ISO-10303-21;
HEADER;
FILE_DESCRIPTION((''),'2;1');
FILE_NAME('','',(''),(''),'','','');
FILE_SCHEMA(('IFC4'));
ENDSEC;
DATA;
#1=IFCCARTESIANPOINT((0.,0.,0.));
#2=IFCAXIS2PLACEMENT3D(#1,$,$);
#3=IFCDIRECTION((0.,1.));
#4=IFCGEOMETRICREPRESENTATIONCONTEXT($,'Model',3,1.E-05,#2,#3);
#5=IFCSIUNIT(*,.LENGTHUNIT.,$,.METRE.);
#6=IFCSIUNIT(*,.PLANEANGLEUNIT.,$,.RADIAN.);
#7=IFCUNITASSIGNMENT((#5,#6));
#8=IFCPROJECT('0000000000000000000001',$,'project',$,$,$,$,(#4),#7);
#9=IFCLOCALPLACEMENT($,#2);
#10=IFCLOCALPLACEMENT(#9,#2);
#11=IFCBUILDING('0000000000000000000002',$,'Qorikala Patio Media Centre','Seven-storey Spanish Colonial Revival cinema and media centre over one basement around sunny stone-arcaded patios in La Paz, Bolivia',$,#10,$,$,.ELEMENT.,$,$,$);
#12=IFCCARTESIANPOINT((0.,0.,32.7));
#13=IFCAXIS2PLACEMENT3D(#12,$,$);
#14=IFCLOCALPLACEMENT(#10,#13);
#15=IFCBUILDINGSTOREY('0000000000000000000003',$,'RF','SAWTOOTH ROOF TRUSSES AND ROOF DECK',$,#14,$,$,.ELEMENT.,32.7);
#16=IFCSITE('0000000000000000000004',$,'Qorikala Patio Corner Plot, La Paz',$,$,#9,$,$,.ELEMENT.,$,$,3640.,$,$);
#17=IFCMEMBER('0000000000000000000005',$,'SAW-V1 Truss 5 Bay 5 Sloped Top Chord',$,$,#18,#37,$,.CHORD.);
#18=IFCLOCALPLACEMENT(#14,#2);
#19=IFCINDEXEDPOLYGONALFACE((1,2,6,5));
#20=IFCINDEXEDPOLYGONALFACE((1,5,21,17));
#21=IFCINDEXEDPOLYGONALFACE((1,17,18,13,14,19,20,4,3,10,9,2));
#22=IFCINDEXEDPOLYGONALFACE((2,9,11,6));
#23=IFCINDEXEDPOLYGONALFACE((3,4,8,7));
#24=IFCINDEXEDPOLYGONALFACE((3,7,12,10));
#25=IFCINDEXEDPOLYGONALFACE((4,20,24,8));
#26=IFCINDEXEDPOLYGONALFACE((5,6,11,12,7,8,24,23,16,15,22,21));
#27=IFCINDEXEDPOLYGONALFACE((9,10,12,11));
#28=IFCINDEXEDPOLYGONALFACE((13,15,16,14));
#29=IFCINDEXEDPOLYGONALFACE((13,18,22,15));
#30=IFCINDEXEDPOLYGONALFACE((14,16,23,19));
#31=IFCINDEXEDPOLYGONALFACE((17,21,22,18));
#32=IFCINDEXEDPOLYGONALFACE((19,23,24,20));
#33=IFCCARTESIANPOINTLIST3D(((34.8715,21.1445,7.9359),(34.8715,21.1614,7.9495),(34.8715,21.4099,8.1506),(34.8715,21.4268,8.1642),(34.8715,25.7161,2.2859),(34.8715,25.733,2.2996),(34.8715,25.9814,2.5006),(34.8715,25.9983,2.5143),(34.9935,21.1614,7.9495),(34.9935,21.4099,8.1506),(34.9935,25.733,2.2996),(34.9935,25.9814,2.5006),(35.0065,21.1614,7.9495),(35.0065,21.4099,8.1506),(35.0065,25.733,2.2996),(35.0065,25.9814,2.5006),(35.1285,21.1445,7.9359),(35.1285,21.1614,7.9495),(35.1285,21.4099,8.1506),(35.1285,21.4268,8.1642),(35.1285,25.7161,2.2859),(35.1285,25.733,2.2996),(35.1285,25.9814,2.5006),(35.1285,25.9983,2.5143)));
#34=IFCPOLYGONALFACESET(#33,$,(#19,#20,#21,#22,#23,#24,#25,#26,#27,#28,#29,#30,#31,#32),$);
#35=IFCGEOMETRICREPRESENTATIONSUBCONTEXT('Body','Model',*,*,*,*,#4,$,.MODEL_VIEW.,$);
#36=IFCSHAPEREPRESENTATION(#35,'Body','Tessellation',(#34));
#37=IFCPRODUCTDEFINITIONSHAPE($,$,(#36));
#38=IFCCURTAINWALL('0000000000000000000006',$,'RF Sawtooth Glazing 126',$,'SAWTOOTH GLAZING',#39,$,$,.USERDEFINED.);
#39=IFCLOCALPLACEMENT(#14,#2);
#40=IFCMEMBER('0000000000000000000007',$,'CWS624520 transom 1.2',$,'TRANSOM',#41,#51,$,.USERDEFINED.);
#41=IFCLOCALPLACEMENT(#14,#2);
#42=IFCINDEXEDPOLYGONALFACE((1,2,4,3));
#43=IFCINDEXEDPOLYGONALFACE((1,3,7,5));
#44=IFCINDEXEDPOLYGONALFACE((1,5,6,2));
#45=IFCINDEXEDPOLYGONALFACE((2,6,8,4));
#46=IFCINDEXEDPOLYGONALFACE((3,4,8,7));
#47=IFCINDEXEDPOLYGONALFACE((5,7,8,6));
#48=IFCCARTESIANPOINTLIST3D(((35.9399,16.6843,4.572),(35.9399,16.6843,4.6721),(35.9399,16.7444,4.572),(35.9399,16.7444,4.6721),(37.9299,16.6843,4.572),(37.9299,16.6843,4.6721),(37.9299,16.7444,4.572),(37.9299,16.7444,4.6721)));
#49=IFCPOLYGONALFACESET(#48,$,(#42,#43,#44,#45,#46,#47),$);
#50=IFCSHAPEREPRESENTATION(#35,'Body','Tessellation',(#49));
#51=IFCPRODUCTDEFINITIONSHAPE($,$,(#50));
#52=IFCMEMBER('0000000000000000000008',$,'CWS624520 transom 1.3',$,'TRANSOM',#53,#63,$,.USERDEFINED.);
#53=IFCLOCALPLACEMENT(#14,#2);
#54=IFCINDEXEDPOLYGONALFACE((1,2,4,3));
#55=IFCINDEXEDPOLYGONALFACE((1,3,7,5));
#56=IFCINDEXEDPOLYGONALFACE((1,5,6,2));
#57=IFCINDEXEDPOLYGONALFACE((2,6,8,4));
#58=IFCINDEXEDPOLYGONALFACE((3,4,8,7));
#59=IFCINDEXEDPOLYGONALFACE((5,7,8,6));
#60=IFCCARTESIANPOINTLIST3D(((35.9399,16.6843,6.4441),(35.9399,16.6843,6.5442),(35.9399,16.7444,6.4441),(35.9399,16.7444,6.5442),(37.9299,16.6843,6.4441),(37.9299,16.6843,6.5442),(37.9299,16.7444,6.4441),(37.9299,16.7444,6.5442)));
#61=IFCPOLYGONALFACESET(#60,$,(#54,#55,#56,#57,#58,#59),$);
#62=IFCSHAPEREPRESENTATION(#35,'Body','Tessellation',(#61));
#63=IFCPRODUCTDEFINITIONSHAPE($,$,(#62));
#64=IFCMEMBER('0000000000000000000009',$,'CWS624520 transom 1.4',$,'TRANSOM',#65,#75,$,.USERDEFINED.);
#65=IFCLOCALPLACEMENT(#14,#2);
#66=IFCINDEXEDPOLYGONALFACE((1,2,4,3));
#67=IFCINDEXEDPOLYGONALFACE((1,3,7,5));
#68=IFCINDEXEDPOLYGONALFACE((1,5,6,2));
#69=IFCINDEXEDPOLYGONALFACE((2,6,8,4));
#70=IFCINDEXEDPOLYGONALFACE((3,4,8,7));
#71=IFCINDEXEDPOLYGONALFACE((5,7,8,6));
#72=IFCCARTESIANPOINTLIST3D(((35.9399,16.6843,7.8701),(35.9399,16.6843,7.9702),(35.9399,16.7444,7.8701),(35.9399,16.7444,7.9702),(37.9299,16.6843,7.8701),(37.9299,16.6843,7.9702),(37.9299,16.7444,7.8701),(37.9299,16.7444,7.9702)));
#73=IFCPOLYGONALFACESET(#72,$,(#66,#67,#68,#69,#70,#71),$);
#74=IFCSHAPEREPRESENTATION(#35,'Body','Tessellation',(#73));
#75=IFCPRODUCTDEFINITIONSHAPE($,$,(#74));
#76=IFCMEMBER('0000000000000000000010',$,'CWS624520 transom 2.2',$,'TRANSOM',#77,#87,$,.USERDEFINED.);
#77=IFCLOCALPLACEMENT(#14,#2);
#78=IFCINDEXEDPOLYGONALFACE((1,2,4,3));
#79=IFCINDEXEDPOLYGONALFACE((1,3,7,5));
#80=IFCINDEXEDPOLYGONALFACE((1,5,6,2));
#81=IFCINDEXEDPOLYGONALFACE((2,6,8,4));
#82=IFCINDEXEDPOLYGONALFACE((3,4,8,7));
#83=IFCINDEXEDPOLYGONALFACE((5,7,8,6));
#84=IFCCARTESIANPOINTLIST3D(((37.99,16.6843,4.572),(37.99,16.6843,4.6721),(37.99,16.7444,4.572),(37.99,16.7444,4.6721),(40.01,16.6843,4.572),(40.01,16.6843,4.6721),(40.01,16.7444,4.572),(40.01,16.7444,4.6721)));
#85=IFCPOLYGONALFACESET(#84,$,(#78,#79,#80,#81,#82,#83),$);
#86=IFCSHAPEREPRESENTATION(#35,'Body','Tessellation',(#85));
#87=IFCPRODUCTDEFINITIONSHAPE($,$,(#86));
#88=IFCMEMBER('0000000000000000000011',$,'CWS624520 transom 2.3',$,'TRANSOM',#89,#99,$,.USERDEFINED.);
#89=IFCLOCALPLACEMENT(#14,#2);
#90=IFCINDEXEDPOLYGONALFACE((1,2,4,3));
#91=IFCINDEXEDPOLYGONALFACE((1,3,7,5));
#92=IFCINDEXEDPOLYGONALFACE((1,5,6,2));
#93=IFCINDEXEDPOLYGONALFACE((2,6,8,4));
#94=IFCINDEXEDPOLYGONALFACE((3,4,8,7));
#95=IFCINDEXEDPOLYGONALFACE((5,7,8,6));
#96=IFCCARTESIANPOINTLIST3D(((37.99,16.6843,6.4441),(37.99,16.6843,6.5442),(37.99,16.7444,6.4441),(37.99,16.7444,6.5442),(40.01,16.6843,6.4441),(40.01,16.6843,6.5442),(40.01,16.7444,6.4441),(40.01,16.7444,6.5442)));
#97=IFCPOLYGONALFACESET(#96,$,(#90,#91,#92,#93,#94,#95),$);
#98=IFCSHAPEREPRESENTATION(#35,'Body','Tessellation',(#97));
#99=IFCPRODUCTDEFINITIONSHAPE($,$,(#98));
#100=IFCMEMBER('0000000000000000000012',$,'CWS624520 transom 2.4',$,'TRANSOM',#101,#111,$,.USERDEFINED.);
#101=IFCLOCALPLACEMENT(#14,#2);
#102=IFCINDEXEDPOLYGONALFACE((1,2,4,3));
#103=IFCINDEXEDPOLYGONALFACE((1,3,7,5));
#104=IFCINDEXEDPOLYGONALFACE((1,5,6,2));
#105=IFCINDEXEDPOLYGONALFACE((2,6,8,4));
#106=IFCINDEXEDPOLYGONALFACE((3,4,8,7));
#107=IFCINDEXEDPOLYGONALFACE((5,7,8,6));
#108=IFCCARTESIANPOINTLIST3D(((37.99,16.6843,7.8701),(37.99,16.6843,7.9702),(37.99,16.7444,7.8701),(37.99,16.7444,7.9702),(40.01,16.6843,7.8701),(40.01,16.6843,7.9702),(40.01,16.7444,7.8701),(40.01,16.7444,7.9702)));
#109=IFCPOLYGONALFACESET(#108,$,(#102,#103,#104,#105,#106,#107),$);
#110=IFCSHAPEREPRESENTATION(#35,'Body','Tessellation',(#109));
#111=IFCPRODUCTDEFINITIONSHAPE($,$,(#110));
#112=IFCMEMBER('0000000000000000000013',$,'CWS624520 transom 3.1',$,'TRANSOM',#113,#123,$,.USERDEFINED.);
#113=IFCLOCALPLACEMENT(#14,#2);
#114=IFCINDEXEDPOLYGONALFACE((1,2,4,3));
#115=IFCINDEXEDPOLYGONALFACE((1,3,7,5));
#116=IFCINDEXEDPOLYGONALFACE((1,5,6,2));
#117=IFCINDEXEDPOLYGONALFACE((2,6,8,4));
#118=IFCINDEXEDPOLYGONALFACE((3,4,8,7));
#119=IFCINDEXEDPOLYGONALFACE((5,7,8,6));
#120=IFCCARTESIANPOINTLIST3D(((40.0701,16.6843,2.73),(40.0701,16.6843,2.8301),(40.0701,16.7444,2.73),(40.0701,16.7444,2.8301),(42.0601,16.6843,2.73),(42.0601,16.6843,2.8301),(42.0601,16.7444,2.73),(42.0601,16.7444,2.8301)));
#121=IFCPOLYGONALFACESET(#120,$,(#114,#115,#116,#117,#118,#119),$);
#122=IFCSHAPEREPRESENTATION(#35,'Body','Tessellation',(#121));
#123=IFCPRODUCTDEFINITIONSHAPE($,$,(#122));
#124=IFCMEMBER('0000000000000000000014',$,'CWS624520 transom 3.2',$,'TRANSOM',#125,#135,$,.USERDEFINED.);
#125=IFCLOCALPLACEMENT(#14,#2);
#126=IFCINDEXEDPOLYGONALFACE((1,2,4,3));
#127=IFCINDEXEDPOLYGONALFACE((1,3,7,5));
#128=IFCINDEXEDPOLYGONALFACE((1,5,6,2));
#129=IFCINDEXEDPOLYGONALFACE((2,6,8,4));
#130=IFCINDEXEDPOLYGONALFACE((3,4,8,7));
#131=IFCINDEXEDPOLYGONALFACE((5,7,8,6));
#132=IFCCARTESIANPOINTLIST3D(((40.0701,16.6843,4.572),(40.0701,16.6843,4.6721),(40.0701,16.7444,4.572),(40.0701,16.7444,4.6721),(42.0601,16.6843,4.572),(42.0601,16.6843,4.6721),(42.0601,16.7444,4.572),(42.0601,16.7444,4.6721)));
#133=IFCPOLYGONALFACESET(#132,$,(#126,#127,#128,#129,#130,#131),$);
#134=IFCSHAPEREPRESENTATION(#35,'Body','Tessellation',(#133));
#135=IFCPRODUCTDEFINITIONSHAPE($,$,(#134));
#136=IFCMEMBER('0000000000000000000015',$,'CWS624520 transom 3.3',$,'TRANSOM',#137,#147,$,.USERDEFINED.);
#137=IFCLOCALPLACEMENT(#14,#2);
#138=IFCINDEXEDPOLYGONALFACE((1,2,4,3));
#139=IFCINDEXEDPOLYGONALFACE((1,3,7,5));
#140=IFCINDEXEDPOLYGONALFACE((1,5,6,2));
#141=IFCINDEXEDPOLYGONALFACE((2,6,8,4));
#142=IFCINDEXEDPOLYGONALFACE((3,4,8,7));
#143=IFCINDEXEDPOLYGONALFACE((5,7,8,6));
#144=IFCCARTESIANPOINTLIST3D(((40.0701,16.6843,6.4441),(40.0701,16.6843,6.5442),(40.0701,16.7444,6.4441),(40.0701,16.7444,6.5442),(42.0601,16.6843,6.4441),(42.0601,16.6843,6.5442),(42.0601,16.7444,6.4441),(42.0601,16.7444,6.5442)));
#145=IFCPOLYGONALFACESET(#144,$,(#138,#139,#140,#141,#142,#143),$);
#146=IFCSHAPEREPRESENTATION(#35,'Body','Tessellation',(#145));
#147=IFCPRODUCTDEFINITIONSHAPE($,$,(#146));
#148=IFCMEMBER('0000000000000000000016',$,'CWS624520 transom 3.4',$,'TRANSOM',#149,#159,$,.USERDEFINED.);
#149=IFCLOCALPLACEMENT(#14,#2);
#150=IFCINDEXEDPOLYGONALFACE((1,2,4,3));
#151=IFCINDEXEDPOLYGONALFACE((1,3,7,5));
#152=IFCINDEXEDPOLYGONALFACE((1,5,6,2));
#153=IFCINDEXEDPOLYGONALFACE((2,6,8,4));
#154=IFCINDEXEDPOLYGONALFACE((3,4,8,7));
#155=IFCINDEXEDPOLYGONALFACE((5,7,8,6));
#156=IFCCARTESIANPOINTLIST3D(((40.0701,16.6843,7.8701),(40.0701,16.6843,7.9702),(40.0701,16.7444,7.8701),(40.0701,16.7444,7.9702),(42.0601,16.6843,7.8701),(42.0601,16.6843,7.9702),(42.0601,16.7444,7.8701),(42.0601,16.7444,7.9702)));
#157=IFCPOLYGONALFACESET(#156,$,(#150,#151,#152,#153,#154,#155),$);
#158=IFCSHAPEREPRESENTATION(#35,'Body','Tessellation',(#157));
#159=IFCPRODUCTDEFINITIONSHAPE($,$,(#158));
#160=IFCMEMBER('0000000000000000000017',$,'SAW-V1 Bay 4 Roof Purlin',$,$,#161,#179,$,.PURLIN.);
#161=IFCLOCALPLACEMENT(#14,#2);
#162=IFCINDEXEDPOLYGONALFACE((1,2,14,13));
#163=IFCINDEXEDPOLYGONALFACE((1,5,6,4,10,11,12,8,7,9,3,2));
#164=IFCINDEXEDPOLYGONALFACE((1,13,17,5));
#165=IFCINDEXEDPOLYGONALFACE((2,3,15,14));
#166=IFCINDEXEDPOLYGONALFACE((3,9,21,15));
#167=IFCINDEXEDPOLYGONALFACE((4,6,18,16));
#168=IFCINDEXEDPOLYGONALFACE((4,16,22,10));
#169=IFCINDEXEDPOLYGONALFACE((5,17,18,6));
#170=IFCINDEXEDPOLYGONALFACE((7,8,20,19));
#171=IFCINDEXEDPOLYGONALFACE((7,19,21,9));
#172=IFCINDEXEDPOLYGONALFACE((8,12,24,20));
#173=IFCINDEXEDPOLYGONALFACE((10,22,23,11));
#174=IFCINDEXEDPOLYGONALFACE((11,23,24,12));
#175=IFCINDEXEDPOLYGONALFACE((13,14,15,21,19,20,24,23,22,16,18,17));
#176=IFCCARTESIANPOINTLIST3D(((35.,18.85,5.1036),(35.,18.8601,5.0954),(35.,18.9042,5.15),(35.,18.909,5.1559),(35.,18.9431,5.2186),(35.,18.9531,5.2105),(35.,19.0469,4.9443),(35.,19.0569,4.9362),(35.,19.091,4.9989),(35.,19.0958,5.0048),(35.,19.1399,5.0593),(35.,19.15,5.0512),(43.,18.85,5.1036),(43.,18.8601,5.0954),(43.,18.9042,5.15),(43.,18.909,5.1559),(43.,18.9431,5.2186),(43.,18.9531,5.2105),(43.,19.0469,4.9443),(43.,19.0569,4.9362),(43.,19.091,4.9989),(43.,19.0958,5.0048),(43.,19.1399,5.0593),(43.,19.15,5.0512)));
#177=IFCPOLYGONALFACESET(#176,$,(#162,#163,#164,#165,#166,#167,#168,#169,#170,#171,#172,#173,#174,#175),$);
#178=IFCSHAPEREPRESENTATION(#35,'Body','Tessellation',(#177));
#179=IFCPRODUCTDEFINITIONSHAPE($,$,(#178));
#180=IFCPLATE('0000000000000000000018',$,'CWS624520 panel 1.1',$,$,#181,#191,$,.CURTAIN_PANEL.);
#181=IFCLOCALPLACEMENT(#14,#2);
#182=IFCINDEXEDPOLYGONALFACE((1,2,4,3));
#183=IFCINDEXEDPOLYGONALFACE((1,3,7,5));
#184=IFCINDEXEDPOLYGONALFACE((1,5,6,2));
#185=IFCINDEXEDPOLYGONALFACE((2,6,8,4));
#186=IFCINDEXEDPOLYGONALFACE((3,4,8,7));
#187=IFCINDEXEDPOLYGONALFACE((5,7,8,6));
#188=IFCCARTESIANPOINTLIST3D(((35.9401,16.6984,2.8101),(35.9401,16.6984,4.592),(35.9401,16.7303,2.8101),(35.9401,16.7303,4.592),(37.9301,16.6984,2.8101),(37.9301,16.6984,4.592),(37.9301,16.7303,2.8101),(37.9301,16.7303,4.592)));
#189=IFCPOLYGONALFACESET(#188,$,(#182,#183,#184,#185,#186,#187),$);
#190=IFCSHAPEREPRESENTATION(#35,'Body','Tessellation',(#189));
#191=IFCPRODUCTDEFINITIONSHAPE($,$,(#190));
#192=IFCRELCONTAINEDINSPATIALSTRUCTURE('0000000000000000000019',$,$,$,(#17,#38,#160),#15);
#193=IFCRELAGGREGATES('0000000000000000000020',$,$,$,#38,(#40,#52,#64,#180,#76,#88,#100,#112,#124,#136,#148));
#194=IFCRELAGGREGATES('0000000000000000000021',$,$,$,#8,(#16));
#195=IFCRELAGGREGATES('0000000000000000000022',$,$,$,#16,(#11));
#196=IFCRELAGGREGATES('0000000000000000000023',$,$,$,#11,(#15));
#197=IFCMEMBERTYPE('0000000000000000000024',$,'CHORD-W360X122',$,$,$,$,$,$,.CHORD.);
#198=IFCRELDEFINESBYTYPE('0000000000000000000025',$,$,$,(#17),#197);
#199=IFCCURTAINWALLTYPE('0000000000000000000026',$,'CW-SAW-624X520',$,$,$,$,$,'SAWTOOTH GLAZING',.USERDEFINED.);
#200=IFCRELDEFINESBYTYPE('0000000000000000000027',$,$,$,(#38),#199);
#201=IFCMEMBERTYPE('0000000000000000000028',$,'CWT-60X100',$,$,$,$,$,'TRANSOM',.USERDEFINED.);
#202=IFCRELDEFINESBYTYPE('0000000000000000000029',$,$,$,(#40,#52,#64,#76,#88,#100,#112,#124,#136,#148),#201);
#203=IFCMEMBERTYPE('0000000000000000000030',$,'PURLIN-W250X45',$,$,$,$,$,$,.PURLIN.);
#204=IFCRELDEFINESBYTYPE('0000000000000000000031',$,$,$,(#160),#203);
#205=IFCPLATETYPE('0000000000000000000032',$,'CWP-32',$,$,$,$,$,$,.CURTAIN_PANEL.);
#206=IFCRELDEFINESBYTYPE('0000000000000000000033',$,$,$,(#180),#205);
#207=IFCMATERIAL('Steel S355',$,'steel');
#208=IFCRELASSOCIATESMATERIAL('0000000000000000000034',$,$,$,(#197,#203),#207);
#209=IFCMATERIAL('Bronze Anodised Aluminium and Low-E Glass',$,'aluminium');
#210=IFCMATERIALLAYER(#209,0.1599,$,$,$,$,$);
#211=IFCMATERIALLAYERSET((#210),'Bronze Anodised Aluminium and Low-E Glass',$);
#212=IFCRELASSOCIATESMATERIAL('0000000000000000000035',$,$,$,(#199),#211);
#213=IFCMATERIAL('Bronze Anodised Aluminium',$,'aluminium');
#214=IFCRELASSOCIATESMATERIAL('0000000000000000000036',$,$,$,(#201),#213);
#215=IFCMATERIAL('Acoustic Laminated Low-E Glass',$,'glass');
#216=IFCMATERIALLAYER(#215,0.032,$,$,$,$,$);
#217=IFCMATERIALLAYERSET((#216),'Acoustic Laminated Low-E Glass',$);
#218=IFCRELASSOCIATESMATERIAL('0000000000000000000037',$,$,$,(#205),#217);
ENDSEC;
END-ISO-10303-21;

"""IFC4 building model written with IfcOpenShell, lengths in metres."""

from ifc_helpers import new_model, si_unit, direction, frame, origin, origin_2d, place, context, subcontext, project, spatial, rectangle, i_section, extrude, material, layer, layer_set, material_profile, profile_set, type_object, element, aggregate, save


model = new_model("IFC4")

# Units and contexts
model_context = context("Model", 3, precision=1e-05, world=origin(), true_north=direction((0.0, 1.0)))
body_context = subcontext(model_context, "Body", "Model", "MODEL_VIEW")
ifc_project = project(units=[si_unit("LENGTHUNIT", "METRE"), si_unit("PLANEANGLEUNIT", "RADIAN")], contexts=[model_context])

# Site, building, storey
site_placement = place(None, origin())
site = spatial("IfcSite", under=ifc_project, at=site_placement, Name="Qorikala Patio Corner Plot, La Paz", CompositionType="ELEMENT", RefElevation=3640.0)
building_placement = place(site_placement, origin())
building = spatial("IfcBuilding", under=site, at=building_placement, Name="Qorikala Patio Media Centre", Description="Seven-storey Spanish Colonial Revival cinema and media centre over one basement around sunny stone-arcaded patios in La Paz, Bolivia", CompositionType="ELEMENT")
storey_placement = place(building_placement, frame((0.0, 0.0, 32.7)))
storey = spatial("IfcBuildingStorey", under=building, at=storey_placement, Name="RF", Description="SAWTOOTH ROOF TRUSSES AND ROOF DECK", CompositionType="ELEMENT", Elevation=32.7)

# Member
ifc_material_1 = material(Name="Steel S355", Category="steel")
ifc_material_profile_1 = material_profile(ifc_material_1, i_section(OverallWidth=0.2571, OverallDepth=0.363, WebThickness=0.0129, FlangeThickness=0.0217, at=origin_2d()), Name="W360X122")
ifc_profile_set_1 = profile_set([ifc_material_profile_1], Name="Steel S355")
member_type_1 = type_object("IfcMemberType", Name="CHORD-W360X122", PredefinedType="CHORD", material=ifc_profile_set_1)
member_1_placement = place(storey_placement, frame((35.0, 21.2856, 8.05), z_axis=(0.0, 0.629016, -0.777393), x_axis=(-1.0, 0.0, 0.0)))
element("IfcMember", 1, at=member_1_placement, inside=storey, type_object=member_type_1, Name="SAW-V1 Truss 5 Bay 5 Sloped Top Chord", PredefinedType="CHORD", context=body_context, shape_type="SweptSolid", body=[
    extrude(i_section(OverallWidth=0.2571, OverallDepth=0.363, WebThickness=0.0129, FlangeThickness=0.0217, at=origin_2d()), origin(), (0.0, 0.0, 1.0), 7.2678),
])

# Curtain wall, members
ifc_material_2 = material(Name="Bronze Anodised Aluminium and Low-E Glass", Category="aluminium")
ifc_layer_1 = layer(ifc_material_2, 0.1599)
ifc_layer_set_1 = layer_set([ifc_layer_1], Name="Bronze Anodised Aluminium and Low-E Glass")
curtain_wall_type = type_object("IfcCurtainWallType", Name="CW-SAW-624X520", ElementType="SAWTOOTH GLAZING", PredefinedType="USERDEFINED", material=ifc_layer_set_1)
curtain_wall_placement = place(storey_placement, origin())
curtain_wall = element("IfcCurtainWall", 2, at=curtain_wall_placement, inside=storey, type_object=curtain_wall_type, Name="RF Sawtooth Glazing 126", ObjectType="SAWTOOTH GLAZING", PredefinedType="USERDEFINED")
ifc_material_3 = material(Name="Bronze Anodised Aluminium", Category="aluminium")
ifc_material_profile_2 = material_profile(ifc_material_3, rectangle(XDim=0.0601, YDim=0.1001, at=origin_2d()), Name="ALU TRANSOM 60x100")
ifc_profile_set_2 = profile_set([ifc_material_profile_2], Name="Bronze Anodised Aluminium")
member_type_2 = type_object("IfcMemberType", Name="CWT-60X100", ElementType="TRANSOM", PredefinedType="USERDEFINED", material=ifc_profile_set_2)
member_2_placement = place(storey_placement, frame((35.9399, 16.7144, 4.6221), z_axis=(1.0, 0.0, 0.0), x_axis=(0.0, 1.0, 0.0)))
member_2 = element("IfcMember", 3, at=member_2_placement, type_object=member_type_2, Name="CWS624520 transom 1.2", ObjectType="TRANSOM", PredefinedType="USERDEFINED", context=body_context, shape_type="SweptSolid", body=[
    extrude(rectangle(XDim=0.0601, YDim=0.1001, at=origin_2d()), origin(), (0.0, 0.0, 1.0), 1.99),
])
member_3_placement = place(storey_placement, frame((35.9399, 16.7144, 6.4941), z_axis=(1.0, 0.0, 0.0), x_axis=(0.0, 1.0, 0.0)))
member_3 = element("IfcMember", 4, at=member_3_placement, type_object=member_type_2, Name="CWS624520 transom 1.3", ObjectType="TRANSOM", PredefinedType="USERDEFINED", context=body_context, shape_type="SweptSolid", body=[
    extrude(rectangle(XDim=0.0601, YDim=0.1001, at=origin_2d()), origin(), (0.0, 0.0, 1.0), 1.99),
])
member_4_placement = place(storey_placement, frame((35.9399, 16.7144, 7.9202), z_axis=(1.0, 0.0, 0.0), x_axis=(0.0, 1.0, 0.0)))
member_4 = element("IfcMember", 5, at=member_4_placement, type_object=member_type_2, Name="CWS624520 transom 1.4", ObjectType="TRANSOM", PredefinedType="USERDEFINED", context=body_context, shape_type="SweptSolid", body=[
    extrude(rectangle(XDim=0.0601, YDim=0.1001, at=origin_2d()), origin(), (0.0, 0.0, 1.0), 1.99),
])
member_5_placement = place(storey_placement, frame((37.99, 16.7144, 4.6221), z_axis=(1.0, 0.0, 0.0), x_axis=(0.0, 1.0, 0.0)))
member_5 = element("IfcMember", 6, at=member_5_placement, type_object=member_type_2, Name="CWS624520 transom 2.2", ObjectType="TRANSOM", PredefinedType="USERDEFINED", context=body_context, shape_type="SweptSolid", body=[
    extrude(rectangle(XDim=0.0601, YDim=0.1001, at=origin_2d()), origin(), (0.0, 0.0, 1.0), 2.02),
])
member_6_placement = place(storey_placement, frame((37.99, 16.7144, 6.4941), z_axis=(1.0, 0.0, 0.0), x_axis=(0.0, 1.0, 0.0)))
member_6 = element("IfcMember", 7, at=member_6_placement, type_object=member_type_2, Name="CWS624520 transom 2.3", ObjectType="TRANSOM", PredefinedType="USERDEFINED", context=body_context, shape_type="SweptSolid", body=[
    extrude(rectangle(XDim=0.0601, YDim=0.1001, at=origin_2d()), origin(), (0.0, 0.0, 1.0), 2.02),
])
member_7_placement = place(storey_placement, frame((37.99, 16.7144, 7.9202), z_axis=(1.0, 0.0, 0.0), x_axis=(0.0, 1.0, 0.0)))
member_7 = element("IfcMember", 8, at=member_7_placement, type_object=member_type_2, Name="CWS624520 transom 2.4", ObjectType="TRANSOM", PredefinedType="USERDEFINED", context=body_context, shape_type="SweptSolid", body=[
    extrude(rectangle(XDim=0.0601, YDim=0.1001, at=origin_2d()), origin(), (0.0, 0.0, 1.0), 2.02),
])
member_8_placement = place(storey_placement, frame((40.0701, 16.7144, 2.78), z_axis=(1.0, 0.0, 0.0), x_axis=(0.0, 1.0, 0.0)))
member_8 = element("IfcMember", 9, at=member_8_placement, type_object=member_type_2, Name="CWS624520 transom 3.1", ObjectType="TRANSOM", PredefinedType="USERDEFINED", context=body_context, shape_type="SweptSolid", body=[
    extrude(rectangle(XDim=0.0601, YDim=0.1001, at=origin_2d()), origin(), (0.0, 0.0, 1.0), 1.99),
])
member_9_placement = place(storey_placement, frame((40.0701, 16.7144, 4.6221), z_axis=(1.0, 0.0, 0.0), x_axis=(0.0, 1.0, 0.0)))
member_9 = element("IfcMember", 10, at=member_9_placement, type_object=member_type_2, Name="CWS624520 transom 3.2", ObjectType="TRANSOM", PredefinedType="USERDEFINED", context=body_context, shape_type="SweptSolid", body=[
    extrude(rectangle(XDim=0.0601, YDim=0.1001, at=origin_2d()), origin(), (0.0, 0.0, 1.0), 1.99),
])
member_10_placement = place(storey_placement, frame((40.0701, 16.7144, 6.4941), z_axis=(1.0, 0.0, 0.0), x_axis=(0.0, 1.0, 0.0)))
member_10 = element("IfcMember", 11, at=member_10_placement, type_object=member_type_2, Name="CWS624520 transom 3.3", ObjectType="TRANSOM", PredefinedType="USERDEFINED", context=body_context, shape_type="SweptSolid", body=[
    extrude(rectangle(XDim=0.0601, YDim=0.1001, at=origin_2d()), origin(), (0.0, 0.0, 1.0), 1.99),
])
member_11_placement = place(storey_placement, frame((40.0701, 16.7144, 7.9202), z_axis=(1.0, 0.0, 0.0), x_axis=(0.0, 1.0, 0.0)))
member_11 = element("IfcMember", 12, at=member_11_placement, type_object=member_type_2, Name="CWS624520 transom 3.4", ObjectType="TRANSOM", PredefinedType="USERDEFINED", context=body_context, shape_type="SweptSolid", body=[
    extrude(rectangle(XDim=0.0601, YDim=0.1001, at=origin_2d()), origin(), (0.0, 0.0, 1.0), 1.99),
])

# Member
ifc_material_profile_3 = material_profile(ifc_material_1, i_section(OverallWidth=0.1479, OverallDepth=0.2661, WebThickness=0.0076, FlangeThickness=0.0129, at=origin_2d()), Name="W250X45")
ifc_profile_set_3 = profile_set([ifc_material_profile_3], Name="Steel S355")
member_type_3 = type_object("IfcMemberType", Name="PURLIN-W250X45", PredefinedType="PURLIN", material=ifc_profile_set_3)
member_12_placement = place(storey_placement, frame((35.0, 19.0, 5.0774), z_axis=(1.0, 0.0, 0.0), x_axis=(0.0, 0.628995, 0.77741)))
element("IfcMember", 13, at=member_12_placement, inside=storey, type_object=member_type_3, Name="SAW-V1 Bay 4 Roof Purlin", PredefinedType="PURLIN", context=body_context, shape_type="SweptSolid", body=[
    extrude(i_section(OverallWidth=0.1479, OverallDepth=0.2661, WebThickness=0.0076, FlangeThickness=0.0129, at=origin_2d()), origin(), (0.0, 0.0, 1.0), 8.0),
])

# Plate
ifc_material_4 = material(Name="Acoustic Laminated Low-E Glass", Category="glass")
ifc_layer_2 = layer(ifc_material_4, 0.032)
ifc_layer_set_2 = layer_set([ifc_layer_2], Name="Acoustic Laminated Low-E Glass")
plate_type_1 = type_object("IfcPlateType", Name="CWP-32", PredefinedType="CURTAIN_PANEL", material=ifc_layer_set_2)
plate_1_placement = place(storey_placement, frame((36.9351, 16.7144, 2.8101), z_axis=(0.0, 0.0, 1.0), x_axis=(1.0, 0.0, 0.0)))
plate_1 = element("IfcPlate", 14, at=plate_1_placement, type_object=plate_type_1, Name="CWS624520 panel 1.1", PredefinedType="CURTAIN_PANEL", context=body_context, shape_type="SweptSolid", body=[
    extrude(rectangle(XDim=1.99, YDim=0.032, at=origin_2d()), origin(), (0.0, 0.0, 1.0), 1.782),
])
aggregate(curtain_wall, [member_2, member_3, member_4, plate_1, member_5, member_6, member_7, member_8, member_9, member_10, member_11])

save(model, "model.ifc")
